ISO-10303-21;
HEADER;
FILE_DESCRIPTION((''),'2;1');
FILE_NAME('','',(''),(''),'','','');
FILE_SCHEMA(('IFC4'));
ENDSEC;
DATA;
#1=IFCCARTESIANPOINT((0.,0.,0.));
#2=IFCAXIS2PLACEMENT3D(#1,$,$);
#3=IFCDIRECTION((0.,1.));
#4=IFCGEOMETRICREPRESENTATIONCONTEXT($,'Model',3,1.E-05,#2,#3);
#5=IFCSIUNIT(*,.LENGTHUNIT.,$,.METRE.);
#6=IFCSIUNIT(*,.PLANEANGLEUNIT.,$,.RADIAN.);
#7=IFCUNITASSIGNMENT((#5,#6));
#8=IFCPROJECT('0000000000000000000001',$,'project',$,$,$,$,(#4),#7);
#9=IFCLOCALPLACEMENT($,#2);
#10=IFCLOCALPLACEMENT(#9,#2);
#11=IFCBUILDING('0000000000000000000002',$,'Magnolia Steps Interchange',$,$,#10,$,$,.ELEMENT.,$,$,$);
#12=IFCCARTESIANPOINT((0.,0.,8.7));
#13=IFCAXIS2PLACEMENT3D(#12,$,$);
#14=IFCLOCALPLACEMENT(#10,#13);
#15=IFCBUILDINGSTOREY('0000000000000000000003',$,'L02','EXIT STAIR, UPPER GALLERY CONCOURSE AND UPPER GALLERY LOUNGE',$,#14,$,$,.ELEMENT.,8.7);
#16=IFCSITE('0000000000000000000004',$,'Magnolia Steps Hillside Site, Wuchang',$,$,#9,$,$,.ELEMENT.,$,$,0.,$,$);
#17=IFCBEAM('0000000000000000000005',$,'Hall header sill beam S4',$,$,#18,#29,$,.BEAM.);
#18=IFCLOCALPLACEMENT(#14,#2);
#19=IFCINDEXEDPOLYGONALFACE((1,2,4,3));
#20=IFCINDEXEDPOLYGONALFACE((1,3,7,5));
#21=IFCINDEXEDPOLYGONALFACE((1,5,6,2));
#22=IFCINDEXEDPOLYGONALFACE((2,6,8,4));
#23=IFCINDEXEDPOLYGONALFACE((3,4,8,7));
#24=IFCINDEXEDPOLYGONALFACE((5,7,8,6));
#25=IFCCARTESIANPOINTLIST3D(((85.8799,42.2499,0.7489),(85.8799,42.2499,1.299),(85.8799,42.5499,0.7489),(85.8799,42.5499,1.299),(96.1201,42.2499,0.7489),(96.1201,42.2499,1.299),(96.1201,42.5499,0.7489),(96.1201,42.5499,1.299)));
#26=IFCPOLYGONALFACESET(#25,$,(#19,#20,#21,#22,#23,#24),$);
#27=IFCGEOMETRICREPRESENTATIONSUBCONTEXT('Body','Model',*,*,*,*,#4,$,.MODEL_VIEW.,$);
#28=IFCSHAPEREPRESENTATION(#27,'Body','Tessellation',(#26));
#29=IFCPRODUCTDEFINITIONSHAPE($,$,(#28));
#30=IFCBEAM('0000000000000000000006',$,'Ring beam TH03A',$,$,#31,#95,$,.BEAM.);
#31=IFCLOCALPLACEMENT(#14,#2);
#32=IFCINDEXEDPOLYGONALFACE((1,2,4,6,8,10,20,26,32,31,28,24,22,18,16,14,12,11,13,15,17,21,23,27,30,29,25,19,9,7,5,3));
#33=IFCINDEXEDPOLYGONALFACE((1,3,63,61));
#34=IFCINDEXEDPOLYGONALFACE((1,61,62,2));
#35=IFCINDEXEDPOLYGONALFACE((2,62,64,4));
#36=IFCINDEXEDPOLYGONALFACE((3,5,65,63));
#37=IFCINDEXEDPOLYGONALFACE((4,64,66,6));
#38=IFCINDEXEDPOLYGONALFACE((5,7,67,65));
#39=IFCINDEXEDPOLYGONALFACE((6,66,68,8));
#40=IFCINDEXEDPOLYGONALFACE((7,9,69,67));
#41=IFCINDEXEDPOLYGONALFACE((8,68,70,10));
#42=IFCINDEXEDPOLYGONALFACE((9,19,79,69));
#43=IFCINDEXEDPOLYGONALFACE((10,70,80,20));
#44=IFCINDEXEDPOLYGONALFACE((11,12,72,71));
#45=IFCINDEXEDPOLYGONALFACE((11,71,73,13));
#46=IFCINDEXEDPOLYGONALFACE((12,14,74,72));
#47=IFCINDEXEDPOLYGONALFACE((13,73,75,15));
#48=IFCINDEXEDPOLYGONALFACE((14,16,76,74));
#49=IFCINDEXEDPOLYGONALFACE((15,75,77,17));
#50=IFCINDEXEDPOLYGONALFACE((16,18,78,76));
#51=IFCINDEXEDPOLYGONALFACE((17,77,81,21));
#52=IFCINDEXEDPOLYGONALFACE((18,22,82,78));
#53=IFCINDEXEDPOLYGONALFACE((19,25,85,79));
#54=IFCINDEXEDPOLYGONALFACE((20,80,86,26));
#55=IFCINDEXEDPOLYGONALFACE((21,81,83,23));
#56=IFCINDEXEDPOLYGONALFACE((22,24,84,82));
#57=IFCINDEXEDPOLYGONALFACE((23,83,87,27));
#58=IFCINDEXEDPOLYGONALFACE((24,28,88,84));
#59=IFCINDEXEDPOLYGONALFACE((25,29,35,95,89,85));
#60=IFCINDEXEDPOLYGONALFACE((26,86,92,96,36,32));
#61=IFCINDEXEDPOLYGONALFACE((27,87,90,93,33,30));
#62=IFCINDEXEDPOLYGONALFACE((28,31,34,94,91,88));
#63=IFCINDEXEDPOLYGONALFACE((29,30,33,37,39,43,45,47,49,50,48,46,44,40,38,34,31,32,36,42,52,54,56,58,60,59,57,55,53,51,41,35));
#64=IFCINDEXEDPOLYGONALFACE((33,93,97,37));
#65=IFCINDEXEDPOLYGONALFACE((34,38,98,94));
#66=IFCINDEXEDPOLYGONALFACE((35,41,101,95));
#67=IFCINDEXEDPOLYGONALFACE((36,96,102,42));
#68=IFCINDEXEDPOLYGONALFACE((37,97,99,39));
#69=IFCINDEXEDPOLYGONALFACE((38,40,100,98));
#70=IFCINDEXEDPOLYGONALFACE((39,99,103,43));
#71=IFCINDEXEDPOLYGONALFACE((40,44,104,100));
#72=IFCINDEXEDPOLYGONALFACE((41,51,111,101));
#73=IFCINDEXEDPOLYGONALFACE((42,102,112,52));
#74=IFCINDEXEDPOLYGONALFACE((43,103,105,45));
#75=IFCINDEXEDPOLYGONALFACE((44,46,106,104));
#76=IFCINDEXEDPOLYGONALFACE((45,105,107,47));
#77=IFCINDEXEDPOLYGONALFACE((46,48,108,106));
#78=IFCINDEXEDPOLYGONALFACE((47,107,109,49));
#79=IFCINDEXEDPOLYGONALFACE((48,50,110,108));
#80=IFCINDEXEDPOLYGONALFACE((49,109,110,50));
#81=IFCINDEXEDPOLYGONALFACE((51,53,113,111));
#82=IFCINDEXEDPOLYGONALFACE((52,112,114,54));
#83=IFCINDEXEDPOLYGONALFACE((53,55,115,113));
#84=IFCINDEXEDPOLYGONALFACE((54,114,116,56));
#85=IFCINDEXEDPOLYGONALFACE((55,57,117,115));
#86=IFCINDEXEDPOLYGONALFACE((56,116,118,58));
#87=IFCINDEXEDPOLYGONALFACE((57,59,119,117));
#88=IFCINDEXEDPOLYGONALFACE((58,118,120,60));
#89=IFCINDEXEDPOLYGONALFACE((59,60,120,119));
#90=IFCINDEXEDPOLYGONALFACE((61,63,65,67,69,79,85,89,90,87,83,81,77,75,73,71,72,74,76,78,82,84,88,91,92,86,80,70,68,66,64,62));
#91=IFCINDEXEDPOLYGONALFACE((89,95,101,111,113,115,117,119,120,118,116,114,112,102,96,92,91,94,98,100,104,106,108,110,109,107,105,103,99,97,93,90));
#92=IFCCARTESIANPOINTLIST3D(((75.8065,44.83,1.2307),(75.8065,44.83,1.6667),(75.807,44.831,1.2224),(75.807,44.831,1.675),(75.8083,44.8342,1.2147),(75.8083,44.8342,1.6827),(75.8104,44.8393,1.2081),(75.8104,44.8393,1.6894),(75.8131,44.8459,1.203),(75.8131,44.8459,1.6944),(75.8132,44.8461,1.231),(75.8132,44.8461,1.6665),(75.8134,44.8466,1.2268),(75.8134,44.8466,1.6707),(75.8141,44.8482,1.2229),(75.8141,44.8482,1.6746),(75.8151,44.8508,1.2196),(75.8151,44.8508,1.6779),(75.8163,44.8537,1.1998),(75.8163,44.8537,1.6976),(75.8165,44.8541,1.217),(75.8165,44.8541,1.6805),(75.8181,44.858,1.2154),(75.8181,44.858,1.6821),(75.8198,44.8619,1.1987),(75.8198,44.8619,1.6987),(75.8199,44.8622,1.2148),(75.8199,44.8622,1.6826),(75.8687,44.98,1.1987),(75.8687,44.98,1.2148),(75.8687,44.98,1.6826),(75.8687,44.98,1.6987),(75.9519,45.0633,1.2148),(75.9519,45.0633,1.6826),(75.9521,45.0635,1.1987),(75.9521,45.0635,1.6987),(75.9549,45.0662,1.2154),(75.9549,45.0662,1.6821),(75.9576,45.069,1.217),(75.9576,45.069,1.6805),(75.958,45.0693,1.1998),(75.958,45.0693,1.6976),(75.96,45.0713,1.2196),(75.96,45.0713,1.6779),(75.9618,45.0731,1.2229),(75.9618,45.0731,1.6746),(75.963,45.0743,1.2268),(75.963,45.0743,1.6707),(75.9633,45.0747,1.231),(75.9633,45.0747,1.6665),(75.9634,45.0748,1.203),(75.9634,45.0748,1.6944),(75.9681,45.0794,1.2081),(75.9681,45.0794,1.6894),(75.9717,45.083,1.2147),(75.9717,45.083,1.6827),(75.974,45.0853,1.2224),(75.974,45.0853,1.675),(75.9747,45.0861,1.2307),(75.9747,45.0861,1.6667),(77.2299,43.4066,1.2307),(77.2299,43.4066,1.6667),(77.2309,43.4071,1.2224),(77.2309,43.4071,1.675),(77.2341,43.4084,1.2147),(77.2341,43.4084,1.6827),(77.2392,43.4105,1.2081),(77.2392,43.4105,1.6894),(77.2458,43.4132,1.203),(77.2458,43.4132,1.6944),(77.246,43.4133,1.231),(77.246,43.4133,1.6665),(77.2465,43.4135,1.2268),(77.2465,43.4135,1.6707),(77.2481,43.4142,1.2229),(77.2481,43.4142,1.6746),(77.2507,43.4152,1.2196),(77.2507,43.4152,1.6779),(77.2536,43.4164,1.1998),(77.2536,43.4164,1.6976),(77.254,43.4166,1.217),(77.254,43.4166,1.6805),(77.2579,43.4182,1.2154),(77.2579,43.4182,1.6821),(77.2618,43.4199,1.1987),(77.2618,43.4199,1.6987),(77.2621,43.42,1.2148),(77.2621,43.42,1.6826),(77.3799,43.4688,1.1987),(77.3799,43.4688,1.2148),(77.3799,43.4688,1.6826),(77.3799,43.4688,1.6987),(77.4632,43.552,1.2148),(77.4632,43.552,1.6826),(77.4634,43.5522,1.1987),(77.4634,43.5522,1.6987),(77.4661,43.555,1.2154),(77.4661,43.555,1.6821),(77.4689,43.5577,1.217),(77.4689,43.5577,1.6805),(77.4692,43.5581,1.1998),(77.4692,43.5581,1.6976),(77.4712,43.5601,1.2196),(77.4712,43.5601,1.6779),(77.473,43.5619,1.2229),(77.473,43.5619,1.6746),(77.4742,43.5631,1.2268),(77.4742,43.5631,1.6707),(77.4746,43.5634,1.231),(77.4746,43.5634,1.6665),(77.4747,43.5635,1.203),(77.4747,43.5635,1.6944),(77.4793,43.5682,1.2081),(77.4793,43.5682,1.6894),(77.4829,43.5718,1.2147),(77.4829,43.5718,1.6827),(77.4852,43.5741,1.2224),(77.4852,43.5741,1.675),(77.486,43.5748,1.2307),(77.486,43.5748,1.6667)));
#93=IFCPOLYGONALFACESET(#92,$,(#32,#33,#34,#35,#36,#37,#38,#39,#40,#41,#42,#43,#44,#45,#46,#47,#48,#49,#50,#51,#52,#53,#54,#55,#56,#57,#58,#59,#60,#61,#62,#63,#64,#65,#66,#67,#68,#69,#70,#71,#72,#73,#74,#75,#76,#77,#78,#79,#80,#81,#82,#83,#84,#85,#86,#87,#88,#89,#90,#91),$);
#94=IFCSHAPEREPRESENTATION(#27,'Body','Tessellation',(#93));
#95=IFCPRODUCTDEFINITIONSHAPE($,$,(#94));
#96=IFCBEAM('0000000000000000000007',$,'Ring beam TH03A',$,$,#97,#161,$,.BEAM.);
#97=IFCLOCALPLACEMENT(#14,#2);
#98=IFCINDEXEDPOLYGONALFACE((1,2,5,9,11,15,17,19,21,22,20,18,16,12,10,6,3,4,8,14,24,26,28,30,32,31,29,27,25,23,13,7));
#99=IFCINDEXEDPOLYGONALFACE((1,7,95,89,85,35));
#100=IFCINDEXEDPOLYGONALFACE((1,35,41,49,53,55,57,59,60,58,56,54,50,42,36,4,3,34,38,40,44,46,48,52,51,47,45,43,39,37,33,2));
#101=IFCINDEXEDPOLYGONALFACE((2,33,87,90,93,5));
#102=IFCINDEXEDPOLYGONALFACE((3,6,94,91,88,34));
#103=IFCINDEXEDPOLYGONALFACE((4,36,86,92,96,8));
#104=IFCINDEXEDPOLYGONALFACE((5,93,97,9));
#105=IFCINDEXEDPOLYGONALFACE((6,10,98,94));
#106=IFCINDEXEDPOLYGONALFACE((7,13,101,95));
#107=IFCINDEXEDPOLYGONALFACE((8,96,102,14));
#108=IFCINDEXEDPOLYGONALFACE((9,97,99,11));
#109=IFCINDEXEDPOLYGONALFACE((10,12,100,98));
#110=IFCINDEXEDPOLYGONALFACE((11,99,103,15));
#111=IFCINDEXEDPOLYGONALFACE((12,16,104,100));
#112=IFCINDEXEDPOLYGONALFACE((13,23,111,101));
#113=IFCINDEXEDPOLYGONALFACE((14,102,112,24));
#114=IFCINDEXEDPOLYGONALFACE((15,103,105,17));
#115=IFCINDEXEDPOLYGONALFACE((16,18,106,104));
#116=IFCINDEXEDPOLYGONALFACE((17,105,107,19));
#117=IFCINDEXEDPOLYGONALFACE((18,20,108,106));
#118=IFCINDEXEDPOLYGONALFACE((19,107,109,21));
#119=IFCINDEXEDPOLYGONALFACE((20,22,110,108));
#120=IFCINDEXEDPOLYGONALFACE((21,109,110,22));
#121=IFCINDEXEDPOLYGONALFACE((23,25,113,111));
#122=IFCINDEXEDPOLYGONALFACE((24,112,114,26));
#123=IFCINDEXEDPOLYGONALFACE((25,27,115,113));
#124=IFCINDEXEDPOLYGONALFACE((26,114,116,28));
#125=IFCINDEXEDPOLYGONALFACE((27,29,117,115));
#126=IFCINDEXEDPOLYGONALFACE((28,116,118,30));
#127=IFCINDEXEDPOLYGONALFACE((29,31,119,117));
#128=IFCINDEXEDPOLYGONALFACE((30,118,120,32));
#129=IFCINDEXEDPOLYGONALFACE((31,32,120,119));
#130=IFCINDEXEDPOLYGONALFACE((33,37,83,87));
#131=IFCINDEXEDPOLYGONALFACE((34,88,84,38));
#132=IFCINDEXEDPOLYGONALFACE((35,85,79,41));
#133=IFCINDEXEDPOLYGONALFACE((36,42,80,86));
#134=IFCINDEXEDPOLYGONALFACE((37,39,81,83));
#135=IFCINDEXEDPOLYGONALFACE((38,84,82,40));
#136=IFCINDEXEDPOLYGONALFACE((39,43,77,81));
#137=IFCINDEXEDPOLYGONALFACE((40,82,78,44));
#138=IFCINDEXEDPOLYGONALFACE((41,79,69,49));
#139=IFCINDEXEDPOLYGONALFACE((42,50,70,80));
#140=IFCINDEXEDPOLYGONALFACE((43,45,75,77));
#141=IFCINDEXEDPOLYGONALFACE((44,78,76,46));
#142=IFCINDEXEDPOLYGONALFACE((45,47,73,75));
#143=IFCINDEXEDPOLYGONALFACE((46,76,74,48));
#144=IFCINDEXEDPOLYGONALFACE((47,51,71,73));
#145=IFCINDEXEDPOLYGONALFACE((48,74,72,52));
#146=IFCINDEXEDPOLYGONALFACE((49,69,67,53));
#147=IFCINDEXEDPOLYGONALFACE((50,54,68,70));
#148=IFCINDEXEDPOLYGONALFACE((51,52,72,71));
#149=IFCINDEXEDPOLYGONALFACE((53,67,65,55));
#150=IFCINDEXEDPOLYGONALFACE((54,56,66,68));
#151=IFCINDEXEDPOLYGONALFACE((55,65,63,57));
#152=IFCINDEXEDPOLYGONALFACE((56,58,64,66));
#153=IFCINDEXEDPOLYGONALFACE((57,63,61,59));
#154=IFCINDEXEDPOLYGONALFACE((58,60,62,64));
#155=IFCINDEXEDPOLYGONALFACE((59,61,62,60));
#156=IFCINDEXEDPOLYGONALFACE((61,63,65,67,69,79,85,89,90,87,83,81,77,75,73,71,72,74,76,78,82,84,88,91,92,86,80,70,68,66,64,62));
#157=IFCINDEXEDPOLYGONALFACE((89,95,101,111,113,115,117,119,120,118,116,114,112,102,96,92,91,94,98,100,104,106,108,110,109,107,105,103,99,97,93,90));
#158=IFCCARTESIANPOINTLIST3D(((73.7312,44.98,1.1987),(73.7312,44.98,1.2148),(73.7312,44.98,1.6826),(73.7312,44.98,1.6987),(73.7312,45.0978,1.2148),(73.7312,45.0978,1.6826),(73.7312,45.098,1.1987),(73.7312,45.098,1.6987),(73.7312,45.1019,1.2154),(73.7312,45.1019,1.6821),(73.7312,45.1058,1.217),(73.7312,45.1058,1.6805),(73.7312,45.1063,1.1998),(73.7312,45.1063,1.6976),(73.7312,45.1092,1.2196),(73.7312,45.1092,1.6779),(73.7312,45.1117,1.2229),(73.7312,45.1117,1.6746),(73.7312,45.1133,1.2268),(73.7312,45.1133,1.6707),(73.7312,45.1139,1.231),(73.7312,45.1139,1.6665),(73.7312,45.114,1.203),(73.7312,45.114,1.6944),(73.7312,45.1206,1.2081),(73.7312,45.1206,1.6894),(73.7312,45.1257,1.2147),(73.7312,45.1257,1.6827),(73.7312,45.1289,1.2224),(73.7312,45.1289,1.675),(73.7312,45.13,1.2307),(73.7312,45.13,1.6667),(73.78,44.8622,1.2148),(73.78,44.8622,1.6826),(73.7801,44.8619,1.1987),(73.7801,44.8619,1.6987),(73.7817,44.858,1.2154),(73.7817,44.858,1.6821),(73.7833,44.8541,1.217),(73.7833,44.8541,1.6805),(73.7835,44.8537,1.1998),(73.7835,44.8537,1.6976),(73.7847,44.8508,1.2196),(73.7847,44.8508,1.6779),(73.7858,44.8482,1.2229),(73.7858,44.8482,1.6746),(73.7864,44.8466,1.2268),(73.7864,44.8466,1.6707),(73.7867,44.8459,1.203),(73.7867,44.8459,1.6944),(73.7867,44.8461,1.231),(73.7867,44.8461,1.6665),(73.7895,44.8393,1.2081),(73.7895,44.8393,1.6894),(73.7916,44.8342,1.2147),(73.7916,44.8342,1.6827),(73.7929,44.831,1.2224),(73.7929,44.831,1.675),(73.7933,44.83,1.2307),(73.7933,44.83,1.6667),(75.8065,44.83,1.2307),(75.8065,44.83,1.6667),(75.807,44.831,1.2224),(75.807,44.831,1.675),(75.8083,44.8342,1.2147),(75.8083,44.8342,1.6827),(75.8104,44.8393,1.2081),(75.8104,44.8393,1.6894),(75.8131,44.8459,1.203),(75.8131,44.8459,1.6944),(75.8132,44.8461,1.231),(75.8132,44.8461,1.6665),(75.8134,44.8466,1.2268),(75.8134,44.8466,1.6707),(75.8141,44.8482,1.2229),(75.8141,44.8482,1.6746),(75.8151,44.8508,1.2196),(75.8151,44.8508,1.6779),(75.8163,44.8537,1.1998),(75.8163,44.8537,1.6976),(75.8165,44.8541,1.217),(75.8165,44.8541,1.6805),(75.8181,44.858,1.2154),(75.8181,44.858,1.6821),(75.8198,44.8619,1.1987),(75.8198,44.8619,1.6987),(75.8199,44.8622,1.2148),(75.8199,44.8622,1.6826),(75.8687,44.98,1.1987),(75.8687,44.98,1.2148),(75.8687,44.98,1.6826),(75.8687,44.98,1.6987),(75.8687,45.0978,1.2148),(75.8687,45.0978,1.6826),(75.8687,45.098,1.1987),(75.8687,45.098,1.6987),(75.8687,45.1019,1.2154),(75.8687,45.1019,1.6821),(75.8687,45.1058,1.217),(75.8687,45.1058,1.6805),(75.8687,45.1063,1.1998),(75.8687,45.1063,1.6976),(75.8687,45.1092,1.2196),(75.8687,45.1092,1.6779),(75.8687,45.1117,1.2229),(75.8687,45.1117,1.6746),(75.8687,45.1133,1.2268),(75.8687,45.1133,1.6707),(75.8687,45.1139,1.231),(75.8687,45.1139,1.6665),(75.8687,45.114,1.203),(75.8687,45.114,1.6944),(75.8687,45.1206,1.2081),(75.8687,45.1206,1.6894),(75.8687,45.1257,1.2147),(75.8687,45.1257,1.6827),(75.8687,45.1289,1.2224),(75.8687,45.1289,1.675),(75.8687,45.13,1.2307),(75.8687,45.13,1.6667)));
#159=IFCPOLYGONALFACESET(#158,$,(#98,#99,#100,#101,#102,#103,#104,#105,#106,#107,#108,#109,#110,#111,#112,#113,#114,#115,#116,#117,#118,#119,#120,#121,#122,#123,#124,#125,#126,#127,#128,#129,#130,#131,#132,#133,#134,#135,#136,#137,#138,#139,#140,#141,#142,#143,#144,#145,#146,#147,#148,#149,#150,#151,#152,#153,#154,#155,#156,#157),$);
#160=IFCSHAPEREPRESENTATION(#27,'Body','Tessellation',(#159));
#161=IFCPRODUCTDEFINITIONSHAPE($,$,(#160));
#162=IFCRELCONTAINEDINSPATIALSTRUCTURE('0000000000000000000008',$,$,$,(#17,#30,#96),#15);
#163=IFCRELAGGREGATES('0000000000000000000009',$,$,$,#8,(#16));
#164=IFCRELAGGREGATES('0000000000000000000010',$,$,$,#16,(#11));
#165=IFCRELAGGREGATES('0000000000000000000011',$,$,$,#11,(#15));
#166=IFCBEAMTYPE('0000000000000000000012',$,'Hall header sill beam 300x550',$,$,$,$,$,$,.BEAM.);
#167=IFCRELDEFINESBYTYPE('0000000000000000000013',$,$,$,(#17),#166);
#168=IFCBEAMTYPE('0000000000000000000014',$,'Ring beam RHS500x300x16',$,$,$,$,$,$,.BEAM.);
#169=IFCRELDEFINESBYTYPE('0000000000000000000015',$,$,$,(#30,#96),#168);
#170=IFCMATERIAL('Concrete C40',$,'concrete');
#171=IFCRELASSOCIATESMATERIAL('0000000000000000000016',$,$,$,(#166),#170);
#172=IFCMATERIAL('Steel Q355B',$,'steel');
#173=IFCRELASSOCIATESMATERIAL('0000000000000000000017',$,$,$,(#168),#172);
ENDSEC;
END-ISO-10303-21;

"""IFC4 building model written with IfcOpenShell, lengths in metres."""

from ifc_helpers import new_model, si_unit, direction, frame, origin, origin_2d, place, context, subcontext, project, spatial, rectangle, hollow_rectangle, extrude, clip, halfspace, material, material_profile, profile_set, type_object, element, save


model = new_model("IFC4")

# Units and contexts
model_context = context("Model", 3, precision=1e-05, world=origin(), true_north=direction((0.0, 1.0)))
body_context = subcontext(model_context, "Body", "Model", "MODEL_VIEW")
ifc_project = project(units=[si_unit("LENGTHUNIT", "METRE"), si_unit("PLANEANGLEUNIT", "RADIAN")], contexts=[model_context])

# Site, building, storey
site_placement = place(None, origin())
site = spatial("IfcSite", under=ifc_project, at=site_placement, Name="Magnolia Steps Hillside Site, Wuchang", CompositionType="ELEMENT", RefElevation=0.0)
building_placement = place(site_placement, origin())
building = spatial("IfcBuilding", under=site, at=building_placement, Name="Magnolia Steps Interchange", CompositionType="ELEMENT")
storey_placement = place(building_placement, frame((0.0, 0.0, 8.7)))
storey = spatial("IfcBuildingStorey", under=building, at=storey_placement, Name="L02", Description="EXIT STAIR, UPPER GALLERY CONCOURSE AND UPPER GALLERY LOUNGE", CompositionType="ELEMENT", Elevation=8.7)

# Beams
ifc_material_1 = material(Name="Concrete C40", Category="concrete")
ifc_material_profile_1 = material_profile(ifc_material_1, rectangle(XDim=0.3, YDim=0.55, at=origin_2d()), Name="RC300x550")
ifc_profile_set_1 = profile_set([ifc_material_profile_1], Name="Concrete C40")
beam_type_1 = type_object("IfcBeamType", Name="Hall header sill beam 300x550", PredefinedType="BEAM", material=ifc_profile_set_1)
beam_1_placement = place(storey_placement, frame((85.8799, 42.3999, 1.0239), z_axis=(1.0, 0.0, 0.0), x_axis=(0.0, 1.0, 0.0)))
element("IfcBeam", 1, at=beam_1_placement, inside=storey, type_object=beam_type_1, Name="Hall header sill beam S4", PredefinedType="BEAM", context=body_context, shape_type="SweptSolid", body=[
    extrude(rectangle(XDim=0.3, YDim=0.55, at=origin_2d()), origin(), (0.0, 0.0, 1.0), 10.2402),
])
ifc_material_2 = material(Name="Steel Q355B", Category="steel")
ifc_material_profile_2 = material_profile(ifc_material_2, hollow_rectangle(XDim=0.3, YDim=0.5, WallThickness=0.0161, InnerFilletRadius=0.0161, OuterFilletRadius=0.032, at=origin_2d()), Name="RHS500x300x16")
ifc_profile_set_2 = profile_set([ifc_material_profile_2], Name="Steel Q355B")
beam_type_2 = type_object("IfcBeamType", Name="Ring beam RHS500x300x16", PredefinedType="BEAM", material=ifc_profile_set_2)
beam_2_placement = place(storey_placement, frame((77.3799, 43.4688, 1.4487), z_axis=(-0.707107, 0.707107, 0.0), x_axis=(-0.707107, -0.707107, 0.0)))
element("IfcBeam", 2, at=beam_2_placement, inside=storey, type_object=beam_type_2, Name="Ring beam TH03A", PredefinedType="BEAM", context=body_context, shape_type="Clipping", body=[
    clip(clip(extrude(hollow_rectangle(XDim=0.3, YDim=0.5, WallThickness=0.0161, InnerFilletRadius=0.0161, OuterFilletRadius=0.032, at=origin_2d()), origin(), (0.0, 0.0, 1.0), 2.1372), halfspace(frame((0.0, 0.0, 0.0), z_axis=(0.382683, 0.0, -0.92388), x_axis=(0.92388, 0.0, 0.382683)), False)), halfspace(frame((0.0, 0.0, 2.1372), z_axis=(0.382683, 0.0, 0.92388), x_axis=(0.92388, 0.0, -0.382683)), False)),
])
beam_3_placement = place(storey_placement, frame((75.8687, 44.98, 1.4487), z_axis=(-1.0, 0.0, 0.0), x_axis=(0.0, -1.0, 0.0)))
element("IfcBeam", 3, at=beam_3_placement, inside=storey, type_object=beam_type_2, Name="Ring beam TH03A", PredefinedType="BEAM", context=body_context, shape_type="Clipping", body=[
    clip(clip(extrude(hollow_rectangle(XDim=0.3, YDim=0.5, WallThickness=0.0161, InnerFilletRadius=0.0161, OuterFilletRadius=0.032, at=origin_2d()), origin(), (0.0, 0.0, 1.0), 2.1375), halfspace(frame((0.0, 0.0, 0.0), z_axis=(0.382683, 0.0, -0.92388), x_axis=(0.92388, 0.0, 0.382683)), False)), halfspace(frame((0.0, 0.0, 2.1375), z_axis=(0.382683, 0.0, 0.92388), x_axis=(0.92388, 0.0, -0.382683)), False)),
])

save(model, "model.ifc")
